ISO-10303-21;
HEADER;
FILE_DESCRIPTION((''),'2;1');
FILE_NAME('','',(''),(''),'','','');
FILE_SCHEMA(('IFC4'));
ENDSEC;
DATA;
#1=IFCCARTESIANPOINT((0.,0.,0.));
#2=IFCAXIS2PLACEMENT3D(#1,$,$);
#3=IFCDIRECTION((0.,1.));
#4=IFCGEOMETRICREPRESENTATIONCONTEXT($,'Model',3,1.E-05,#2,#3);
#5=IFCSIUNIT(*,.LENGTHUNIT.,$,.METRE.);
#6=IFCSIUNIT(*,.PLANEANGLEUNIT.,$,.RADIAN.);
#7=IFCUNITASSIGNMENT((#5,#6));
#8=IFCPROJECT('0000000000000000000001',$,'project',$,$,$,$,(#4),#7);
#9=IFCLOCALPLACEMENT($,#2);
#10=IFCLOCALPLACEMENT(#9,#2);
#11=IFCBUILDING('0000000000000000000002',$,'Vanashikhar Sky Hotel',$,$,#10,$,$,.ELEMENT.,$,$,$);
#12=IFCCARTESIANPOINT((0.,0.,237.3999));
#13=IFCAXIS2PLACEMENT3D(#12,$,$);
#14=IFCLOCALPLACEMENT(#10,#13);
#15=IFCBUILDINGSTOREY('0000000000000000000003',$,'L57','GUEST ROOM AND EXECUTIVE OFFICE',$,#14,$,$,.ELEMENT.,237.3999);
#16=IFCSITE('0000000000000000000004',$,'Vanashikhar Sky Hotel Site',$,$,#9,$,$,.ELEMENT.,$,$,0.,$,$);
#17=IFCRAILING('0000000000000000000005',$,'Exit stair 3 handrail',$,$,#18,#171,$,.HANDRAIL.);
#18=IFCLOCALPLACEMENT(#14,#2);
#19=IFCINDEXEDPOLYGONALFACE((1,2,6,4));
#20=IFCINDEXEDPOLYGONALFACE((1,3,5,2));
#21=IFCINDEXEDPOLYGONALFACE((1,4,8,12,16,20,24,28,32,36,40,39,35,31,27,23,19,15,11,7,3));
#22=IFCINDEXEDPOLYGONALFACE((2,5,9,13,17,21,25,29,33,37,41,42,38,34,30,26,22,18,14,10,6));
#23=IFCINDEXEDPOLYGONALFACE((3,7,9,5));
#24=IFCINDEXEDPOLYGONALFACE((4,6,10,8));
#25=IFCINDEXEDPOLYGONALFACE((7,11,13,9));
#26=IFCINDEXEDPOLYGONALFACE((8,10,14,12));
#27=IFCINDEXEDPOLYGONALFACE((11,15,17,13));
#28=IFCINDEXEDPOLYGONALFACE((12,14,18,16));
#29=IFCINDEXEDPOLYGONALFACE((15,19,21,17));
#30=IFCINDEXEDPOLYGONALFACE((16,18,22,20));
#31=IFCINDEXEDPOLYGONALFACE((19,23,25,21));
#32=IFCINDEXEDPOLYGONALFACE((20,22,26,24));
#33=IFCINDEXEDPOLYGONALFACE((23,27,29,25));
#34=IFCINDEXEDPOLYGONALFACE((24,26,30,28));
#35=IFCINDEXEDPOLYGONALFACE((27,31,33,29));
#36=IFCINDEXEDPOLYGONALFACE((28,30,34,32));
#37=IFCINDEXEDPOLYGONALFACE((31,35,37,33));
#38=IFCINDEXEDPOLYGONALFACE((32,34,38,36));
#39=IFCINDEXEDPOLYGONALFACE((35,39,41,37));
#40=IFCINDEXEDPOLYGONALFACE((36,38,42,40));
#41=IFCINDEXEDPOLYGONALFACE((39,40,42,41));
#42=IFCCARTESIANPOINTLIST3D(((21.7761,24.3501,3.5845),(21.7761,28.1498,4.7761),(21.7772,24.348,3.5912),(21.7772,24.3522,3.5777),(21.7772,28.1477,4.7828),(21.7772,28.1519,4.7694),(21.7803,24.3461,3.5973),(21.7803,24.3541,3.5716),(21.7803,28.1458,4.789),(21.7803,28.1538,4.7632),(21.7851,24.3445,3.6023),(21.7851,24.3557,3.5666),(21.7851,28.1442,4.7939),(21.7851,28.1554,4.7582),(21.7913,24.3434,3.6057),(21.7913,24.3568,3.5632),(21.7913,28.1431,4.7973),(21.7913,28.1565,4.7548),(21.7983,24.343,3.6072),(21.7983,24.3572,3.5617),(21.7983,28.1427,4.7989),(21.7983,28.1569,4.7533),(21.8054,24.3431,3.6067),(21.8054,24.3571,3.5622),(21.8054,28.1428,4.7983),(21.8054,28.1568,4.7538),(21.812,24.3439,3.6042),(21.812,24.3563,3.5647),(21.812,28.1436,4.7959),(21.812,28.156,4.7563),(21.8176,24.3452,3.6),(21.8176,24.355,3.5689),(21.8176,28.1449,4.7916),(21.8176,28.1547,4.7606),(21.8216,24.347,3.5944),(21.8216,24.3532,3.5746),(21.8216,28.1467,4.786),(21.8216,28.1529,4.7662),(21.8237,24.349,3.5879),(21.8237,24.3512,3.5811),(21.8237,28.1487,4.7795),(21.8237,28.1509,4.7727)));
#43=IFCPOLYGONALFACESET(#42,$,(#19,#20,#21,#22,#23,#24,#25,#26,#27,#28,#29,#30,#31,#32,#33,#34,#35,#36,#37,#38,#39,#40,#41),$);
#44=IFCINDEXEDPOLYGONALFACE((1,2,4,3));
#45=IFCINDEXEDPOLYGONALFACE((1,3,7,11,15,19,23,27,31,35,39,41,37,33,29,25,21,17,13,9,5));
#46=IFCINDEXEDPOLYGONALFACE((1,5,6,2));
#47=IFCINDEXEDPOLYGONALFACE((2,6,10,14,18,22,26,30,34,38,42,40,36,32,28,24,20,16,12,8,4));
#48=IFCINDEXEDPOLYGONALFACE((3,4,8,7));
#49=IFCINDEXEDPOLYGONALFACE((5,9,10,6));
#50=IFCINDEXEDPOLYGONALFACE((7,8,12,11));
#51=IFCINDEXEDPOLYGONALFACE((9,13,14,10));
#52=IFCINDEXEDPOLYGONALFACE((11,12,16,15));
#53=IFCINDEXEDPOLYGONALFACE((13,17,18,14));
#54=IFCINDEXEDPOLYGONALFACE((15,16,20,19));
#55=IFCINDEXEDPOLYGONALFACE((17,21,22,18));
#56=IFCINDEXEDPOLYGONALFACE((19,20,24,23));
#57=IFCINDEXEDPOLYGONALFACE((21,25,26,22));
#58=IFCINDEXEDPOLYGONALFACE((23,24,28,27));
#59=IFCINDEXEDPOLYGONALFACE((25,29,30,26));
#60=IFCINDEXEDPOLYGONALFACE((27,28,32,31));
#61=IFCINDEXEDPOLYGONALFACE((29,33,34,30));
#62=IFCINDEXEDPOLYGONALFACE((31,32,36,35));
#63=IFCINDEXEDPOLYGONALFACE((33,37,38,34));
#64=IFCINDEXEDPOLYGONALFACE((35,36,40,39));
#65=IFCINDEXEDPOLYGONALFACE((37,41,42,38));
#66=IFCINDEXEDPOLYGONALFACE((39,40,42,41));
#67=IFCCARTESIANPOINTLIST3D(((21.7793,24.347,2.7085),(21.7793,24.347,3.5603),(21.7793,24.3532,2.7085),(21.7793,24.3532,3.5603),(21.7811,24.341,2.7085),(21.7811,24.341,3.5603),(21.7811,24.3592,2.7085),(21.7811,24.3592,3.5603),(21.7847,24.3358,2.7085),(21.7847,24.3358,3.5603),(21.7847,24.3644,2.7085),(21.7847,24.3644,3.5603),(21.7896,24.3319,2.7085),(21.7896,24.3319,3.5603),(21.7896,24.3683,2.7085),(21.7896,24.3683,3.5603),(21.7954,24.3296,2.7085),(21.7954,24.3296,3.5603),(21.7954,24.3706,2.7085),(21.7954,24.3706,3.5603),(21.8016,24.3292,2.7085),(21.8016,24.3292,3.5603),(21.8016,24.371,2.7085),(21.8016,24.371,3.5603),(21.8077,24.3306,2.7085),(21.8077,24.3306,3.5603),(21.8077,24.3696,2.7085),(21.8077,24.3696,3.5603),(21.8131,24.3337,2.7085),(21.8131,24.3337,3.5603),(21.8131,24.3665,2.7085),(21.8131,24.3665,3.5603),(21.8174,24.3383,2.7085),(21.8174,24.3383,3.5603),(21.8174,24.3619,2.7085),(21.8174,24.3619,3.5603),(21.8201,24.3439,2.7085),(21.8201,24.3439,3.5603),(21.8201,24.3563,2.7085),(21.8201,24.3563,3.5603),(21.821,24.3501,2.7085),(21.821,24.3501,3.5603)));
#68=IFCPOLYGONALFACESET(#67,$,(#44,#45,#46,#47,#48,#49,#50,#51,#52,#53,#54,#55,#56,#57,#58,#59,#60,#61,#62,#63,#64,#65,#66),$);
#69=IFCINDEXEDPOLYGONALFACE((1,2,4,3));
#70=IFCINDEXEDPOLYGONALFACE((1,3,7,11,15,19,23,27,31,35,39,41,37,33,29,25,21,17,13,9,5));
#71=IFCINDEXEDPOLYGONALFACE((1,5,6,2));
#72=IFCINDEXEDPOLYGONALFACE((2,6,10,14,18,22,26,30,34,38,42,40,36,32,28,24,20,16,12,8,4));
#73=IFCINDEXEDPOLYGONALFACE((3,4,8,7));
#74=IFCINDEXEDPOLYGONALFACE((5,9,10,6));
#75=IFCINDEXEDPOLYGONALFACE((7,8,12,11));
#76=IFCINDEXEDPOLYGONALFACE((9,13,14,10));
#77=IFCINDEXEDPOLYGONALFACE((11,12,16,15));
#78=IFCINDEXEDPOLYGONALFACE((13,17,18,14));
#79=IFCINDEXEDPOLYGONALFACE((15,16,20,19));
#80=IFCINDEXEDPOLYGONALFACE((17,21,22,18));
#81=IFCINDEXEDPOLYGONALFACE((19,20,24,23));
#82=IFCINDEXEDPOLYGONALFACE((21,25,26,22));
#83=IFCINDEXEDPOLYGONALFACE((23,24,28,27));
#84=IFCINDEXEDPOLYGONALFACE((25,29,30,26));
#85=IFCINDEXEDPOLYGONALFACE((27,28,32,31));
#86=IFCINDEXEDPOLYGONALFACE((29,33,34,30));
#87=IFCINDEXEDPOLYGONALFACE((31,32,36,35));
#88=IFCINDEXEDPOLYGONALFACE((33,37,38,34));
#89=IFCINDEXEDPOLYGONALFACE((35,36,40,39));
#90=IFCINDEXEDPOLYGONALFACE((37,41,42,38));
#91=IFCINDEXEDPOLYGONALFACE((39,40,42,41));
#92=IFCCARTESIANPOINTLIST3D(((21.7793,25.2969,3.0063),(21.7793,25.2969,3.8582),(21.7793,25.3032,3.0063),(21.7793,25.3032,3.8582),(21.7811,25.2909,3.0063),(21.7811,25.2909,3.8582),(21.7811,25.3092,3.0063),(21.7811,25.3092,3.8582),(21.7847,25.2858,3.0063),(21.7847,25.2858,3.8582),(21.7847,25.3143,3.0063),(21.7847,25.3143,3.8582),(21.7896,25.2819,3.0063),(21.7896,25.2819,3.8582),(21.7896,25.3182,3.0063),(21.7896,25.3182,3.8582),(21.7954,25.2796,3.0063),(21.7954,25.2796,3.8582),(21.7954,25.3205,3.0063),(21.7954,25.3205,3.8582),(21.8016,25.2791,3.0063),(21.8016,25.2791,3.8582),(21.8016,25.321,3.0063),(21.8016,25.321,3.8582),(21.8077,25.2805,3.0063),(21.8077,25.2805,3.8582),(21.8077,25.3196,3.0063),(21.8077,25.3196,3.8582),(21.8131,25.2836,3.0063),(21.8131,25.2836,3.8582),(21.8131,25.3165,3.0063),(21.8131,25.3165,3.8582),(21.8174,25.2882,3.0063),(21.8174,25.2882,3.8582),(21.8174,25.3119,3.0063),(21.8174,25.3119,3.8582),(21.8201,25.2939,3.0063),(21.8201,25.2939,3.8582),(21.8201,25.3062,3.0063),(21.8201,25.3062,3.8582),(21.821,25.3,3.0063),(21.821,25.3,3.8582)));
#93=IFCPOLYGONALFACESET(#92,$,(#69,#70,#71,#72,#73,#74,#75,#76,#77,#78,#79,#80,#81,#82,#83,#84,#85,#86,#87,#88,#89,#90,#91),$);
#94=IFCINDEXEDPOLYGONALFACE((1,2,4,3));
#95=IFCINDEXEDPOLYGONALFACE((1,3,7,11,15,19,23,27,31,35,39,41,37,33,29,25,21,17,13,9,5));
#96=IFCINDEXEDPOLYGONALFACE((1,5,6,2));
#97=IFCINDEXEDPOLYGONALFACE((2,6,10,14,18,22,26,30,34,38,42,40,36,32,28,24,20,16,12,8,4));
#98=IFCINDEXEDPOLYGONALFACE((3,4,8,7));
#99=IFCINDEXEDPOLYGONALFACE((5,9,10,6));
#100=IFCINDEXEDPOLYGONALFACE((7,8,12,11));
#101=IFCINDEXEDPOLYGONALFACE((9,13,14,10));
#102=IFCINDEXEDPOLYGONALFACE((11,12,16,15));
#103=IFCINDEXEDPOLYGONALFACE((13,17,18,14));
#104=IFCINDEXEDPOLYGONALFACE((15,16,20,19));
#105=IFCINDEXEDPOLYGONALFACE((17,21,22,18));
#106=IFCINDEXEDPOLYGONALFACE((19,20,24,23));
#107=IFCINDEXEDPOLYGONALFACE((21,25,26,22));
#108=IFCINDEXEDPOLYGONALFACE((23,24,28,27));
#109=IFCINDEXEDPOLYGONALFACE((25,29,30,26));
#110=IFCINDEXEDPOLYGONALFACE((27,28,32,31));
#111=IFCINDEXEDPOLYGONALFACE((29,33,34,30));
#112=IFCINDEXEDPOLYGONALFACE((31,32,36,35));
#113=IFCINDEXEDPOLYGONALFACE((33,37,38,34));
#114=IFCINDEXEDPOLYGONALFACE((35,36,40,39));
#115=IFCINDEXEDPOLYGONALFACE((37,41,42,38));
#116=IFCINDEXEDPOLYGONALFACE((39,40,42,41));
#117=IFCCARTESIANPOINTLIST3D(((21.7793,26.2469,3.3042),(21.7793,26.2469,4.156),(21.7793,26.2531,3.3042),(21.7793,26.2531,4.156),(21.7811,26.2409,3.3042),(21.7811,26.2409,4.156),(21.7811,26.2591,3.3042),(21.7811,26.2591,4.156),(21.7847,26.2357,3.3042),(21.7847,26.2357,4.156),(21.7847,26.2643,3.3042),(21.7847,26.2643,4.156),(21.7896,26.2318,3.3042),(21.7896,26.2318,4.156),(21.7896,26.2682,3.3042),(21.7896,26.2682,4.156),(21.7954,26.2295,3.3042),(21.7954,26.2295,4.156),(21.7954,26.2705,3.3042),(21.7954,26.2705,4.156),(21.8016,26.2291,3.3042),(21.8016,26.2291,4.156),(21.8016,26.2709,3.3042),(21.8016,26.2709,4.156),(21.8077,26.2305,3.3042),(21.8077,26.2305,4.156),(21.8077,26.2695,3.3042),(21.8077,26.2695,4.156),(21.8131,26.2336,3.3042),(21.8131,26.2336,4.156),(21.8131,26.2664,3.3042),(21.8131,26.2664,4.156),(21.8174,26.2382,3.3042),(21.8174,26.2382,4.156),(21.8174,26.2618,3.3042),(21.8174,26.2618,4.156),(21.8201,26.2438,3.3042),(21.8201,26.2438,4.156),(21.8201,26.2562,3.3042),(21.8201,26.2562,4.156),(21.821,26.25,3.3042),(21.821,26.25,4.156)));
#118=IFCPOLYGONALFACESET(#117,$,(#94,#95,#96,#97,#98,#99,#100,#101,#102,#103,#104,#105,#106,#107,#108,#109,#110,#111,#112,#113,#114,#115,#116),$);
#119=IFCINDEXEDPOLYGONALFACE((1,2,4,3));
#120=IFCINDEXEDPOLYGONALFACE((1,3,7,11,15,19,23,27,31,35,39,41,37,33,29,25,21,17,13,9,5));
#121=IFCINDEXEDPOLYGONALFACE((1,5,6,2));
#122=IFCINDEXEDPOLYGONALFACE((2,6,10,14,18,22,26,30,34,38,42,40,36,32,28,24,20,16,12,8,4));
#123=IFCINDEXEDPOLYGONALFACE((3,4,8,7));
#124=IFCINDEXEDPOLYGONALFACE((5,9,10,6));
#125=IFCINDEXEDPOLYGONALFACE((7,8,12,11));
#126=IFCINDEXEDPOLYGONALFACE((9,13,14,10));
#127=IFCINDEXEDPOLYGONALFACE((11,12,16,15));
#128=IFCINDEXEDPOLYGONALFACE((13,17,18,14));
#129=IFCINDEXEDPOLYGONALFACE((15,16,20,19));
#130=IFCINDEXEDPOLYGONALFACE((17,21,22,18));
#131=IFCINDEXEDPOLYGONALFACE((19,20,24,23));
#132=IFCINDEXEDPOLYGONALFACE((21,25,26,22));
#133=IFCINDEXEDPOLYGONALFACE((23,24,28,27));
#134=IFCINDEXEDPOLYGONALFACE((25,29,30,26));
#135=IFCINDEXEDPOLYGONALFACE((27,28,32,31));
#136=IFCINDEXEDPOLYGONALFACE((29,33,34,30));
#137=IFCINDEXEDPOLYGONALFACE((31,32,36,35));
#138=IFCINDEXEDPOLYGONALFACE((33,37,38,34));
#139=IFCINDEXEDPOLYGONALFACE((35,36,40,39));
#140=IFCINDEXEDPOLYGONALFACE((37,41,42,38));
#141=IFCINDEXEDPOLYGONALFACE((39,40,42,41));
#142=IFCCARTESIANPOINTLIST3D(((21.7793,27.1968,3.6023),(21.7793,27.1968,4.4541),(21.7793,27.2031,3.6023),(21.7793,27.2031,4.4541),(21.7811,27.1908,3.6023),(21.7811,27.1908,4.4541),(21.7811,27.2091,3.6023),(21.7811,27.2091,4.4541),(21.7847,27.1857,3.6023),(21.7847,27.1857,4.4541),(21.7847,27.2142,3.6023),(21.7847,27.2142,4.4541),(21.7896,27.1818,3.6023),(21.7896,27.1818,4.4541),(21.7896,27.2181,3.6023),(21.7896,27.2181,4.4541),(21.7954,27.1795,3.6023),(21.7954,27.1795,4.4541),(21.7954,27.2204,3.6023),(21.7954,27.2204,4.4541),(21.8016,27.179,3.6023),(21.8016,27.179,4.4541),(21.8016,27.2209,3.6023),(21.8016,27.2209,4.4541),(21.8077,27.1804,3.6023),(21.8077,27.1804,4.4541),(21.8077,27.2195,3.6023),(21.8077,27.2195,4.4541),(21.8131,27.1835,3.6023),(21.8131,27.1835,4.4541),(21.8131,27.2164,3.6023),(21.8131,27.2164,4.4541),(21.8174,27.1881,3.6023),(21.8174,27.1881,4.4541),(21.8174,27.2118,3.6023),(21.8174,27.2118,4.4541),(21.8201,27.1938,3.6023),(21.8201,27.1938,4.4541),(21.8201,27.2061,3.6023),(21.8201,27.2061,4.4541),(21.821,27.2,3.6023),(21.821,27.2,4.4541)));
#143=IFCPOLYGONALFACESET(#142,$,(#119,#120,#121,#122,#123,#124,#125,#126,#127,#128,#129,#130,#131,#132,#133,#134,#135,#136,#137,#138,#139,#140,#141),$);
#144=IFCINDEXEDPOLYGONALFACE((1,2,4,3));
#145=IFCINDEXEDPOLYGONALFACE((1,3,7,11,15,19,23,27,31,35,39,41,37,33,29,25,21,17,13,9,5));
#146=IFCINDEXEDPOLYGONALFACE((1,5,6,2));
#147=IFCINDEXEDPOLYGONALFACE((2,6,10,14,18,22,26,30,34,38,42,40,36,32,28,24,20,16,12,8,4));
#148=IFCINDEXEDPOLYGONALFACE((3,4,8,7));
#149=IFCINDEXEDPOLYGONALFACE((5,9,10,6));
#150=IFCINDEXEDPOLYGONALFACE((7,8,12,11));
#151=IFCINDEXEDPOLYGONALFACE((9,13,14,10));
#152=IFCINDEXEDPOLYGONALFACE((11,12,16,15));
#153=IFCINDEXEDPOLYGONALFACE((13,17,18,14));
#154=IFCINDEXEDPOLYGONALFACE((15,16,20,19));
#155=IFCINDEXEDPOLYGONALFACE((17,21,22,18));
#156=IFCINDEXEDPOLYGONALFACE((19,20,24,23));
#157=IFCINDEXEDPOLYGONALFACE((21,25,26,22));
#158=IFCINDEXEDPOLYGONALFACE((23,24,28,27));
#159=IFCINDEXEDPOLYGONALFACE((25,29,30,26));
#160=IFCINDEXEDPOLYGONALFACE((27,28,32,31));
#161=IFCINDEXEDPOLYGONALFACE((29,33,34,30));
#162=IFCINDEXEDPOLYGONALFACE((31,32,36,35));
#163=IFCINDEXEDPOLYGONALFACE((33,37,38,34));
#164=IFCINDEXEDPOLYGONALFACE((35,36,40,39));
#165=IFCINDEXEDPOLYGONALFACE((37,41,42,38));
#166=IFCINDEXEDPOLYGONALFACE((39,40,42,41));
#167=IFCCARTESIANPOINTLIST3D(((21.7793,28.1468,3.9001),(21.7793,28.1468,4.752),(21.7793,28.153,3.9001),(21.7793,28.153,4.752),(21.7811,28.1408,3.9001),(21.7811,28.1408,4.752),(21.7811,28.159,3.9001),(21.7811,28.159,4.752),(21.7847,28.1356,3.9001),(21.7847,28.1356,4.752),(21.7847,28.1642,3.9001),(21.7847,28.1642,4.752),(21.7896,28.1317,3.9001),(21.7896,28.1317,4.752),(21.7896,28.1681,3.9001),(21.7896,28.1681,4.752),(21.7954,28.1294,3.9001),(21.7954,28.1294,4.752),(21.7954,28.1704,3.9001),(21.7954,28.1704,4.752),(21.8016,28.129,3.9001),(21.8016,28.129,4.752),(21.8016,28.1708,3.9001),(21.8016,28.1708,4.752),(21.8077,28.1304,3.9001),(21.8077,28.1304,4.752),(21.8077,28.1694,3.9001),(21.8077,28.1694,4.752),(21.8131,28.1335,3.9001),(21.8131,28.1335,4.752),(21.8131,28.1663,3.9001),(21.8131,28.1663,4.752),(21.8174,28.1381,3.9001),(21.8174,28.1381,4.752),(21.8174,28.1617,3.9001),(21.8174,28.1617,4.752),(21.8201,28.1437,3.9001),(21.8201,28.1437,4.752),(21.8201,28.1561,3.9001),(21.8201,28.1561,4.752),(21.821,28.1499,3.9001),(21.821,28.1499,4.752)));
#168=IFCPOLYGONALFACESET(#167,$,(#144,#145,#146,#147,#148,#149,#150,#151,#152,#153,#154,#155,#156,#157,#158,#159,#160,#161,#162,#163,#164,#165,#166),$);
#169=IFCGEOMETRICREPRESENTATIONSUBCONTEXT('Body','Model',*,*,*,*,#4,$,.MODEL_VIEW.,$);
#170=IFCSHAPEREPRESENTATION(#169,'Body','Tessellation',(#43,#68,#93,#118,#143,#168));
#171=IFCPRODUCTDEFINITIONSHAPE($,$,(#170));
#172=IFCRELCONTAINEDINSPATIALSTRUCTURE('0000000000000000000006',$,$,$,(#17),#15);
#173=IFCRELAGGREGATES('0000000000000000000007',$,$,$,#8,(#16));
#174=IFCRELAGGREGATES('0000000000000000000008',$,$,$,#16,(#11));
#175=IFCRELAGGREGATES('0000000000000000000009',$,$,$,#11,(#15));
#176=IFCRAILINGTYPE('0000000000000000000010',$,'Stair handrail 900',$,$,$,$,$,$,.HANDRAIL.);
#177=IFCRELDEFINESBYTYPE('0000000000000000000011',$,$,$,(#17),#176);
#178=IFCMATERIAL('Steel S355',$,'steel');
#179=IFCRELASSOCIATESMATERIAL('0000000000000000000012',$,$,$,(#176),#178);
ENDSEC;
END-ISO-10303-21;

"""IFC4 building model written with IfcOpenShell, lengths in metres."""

from ifc_helpers import new_model, si_unit, direction, frame, origin, origin_2d, place, context, subcontext, project, spatial, circle, extrude, source, transform, mapped, material, type_object, element, save


model = new_model("IFC4")

# Units and contexts
model_context = context("Model", 3, precision=1e-05, world=origin(), true_north=direction((0.0, 1.0)))
body_context = subcontext(model_context, "Body", "Model", "MODEL_VIEW")
ifc_project = project(units=[si_unit("LENGTHUNIT", "METRE"), si_unit("PLANEANGLEUNIT", "RADIAN")], contexts=[model_context])

# Site, building, storey
site_placement = place(None, origin())
site = spatial("IfcSite", under=ifc_project, at=site_placement, Name="Vanashikhar Sky Hotel Site", CompositionType="ELEMENT", RefElevation=0.0)
building_placement = place(site_placement, origin())
building = spatial("IfcBuilding", under=site, at=building_placement, Name="Vanashikhar Sky Hotel", CompositionType="ELEMENT")
storey_placement = place(building_placement, frame((0.0, 0.0, 237.3999)))
storey = spatial("IfcBuildingStorey", under=building, at=storey_placement, Name="L57", Description="GUEST ROOM AND EXECUTIVE OFFICE", CompositionType="ELEMENT", Elevation=237.3999)

# Railing
ifc_material_1 = material(Name="Steel S355", Category="steel")
railing_type = type_object("IfcRailingType", Name="Stair handrail 900", PredefinedType="HANDRAIL", material=ifc_material_1)
shared_shape_1 = source(origin(), body_context, "Body", "SweptSolid", [
    extrude(circle(Radius=0.0239, at=origin_2d()), frame((0.0, 0.0, 0.876), z_axis=(0.0, 0.954178, 0.299238), x_axis=(-1.0, 0.0, 0.0)), (0.0, 0.0, 1.0), 3.9822),
    extrude(circle(Radius=0.021, at=origin_2d()), origin(), (0.0, 0.0, 1.0), 0.8518),
    extrude(circle(Radius=0.021, at=origin_2d()), frame((0.0, 0.95, 0.2979)), (0.0, 0.0, 1.0), 0.8518),
    extrude(circle(Radius=0.021, at=origin_2d()), frame((0.0, 1.8999, 0.5957)), (0.0, 0.0, 1.0), 0.8518),
    extrude(circle(Radius=0.021, at=origin_2d()), frame((0.0, 2.8499, 0.8938)), (0.0, 0.0, 1.0), 0.8518),
    extrude(circle(Radius=0.021, at=origin_2d()), frame((0.0, 3.7998, 1.1917)), (0.0, 0.0, 1.0), 0.8518),
])
for number, where, name in (
    (1, (21.8, 24.3501, 2.7085), "Exit stair 3 handrail"),
):
    element("IfcRailing", number, at=place(storey_placement, frame(where)), inside=storey, type_object=railing_type, Name=name, PredefinedType="HANDRAIL", context=body_context, shape_type="MappedRepresentation", body=[
        mapped(shared_shape_1, transform((0.0, 0.0, 0.0), scale=1.0)),
    ])

save(model, "model.ifc")
